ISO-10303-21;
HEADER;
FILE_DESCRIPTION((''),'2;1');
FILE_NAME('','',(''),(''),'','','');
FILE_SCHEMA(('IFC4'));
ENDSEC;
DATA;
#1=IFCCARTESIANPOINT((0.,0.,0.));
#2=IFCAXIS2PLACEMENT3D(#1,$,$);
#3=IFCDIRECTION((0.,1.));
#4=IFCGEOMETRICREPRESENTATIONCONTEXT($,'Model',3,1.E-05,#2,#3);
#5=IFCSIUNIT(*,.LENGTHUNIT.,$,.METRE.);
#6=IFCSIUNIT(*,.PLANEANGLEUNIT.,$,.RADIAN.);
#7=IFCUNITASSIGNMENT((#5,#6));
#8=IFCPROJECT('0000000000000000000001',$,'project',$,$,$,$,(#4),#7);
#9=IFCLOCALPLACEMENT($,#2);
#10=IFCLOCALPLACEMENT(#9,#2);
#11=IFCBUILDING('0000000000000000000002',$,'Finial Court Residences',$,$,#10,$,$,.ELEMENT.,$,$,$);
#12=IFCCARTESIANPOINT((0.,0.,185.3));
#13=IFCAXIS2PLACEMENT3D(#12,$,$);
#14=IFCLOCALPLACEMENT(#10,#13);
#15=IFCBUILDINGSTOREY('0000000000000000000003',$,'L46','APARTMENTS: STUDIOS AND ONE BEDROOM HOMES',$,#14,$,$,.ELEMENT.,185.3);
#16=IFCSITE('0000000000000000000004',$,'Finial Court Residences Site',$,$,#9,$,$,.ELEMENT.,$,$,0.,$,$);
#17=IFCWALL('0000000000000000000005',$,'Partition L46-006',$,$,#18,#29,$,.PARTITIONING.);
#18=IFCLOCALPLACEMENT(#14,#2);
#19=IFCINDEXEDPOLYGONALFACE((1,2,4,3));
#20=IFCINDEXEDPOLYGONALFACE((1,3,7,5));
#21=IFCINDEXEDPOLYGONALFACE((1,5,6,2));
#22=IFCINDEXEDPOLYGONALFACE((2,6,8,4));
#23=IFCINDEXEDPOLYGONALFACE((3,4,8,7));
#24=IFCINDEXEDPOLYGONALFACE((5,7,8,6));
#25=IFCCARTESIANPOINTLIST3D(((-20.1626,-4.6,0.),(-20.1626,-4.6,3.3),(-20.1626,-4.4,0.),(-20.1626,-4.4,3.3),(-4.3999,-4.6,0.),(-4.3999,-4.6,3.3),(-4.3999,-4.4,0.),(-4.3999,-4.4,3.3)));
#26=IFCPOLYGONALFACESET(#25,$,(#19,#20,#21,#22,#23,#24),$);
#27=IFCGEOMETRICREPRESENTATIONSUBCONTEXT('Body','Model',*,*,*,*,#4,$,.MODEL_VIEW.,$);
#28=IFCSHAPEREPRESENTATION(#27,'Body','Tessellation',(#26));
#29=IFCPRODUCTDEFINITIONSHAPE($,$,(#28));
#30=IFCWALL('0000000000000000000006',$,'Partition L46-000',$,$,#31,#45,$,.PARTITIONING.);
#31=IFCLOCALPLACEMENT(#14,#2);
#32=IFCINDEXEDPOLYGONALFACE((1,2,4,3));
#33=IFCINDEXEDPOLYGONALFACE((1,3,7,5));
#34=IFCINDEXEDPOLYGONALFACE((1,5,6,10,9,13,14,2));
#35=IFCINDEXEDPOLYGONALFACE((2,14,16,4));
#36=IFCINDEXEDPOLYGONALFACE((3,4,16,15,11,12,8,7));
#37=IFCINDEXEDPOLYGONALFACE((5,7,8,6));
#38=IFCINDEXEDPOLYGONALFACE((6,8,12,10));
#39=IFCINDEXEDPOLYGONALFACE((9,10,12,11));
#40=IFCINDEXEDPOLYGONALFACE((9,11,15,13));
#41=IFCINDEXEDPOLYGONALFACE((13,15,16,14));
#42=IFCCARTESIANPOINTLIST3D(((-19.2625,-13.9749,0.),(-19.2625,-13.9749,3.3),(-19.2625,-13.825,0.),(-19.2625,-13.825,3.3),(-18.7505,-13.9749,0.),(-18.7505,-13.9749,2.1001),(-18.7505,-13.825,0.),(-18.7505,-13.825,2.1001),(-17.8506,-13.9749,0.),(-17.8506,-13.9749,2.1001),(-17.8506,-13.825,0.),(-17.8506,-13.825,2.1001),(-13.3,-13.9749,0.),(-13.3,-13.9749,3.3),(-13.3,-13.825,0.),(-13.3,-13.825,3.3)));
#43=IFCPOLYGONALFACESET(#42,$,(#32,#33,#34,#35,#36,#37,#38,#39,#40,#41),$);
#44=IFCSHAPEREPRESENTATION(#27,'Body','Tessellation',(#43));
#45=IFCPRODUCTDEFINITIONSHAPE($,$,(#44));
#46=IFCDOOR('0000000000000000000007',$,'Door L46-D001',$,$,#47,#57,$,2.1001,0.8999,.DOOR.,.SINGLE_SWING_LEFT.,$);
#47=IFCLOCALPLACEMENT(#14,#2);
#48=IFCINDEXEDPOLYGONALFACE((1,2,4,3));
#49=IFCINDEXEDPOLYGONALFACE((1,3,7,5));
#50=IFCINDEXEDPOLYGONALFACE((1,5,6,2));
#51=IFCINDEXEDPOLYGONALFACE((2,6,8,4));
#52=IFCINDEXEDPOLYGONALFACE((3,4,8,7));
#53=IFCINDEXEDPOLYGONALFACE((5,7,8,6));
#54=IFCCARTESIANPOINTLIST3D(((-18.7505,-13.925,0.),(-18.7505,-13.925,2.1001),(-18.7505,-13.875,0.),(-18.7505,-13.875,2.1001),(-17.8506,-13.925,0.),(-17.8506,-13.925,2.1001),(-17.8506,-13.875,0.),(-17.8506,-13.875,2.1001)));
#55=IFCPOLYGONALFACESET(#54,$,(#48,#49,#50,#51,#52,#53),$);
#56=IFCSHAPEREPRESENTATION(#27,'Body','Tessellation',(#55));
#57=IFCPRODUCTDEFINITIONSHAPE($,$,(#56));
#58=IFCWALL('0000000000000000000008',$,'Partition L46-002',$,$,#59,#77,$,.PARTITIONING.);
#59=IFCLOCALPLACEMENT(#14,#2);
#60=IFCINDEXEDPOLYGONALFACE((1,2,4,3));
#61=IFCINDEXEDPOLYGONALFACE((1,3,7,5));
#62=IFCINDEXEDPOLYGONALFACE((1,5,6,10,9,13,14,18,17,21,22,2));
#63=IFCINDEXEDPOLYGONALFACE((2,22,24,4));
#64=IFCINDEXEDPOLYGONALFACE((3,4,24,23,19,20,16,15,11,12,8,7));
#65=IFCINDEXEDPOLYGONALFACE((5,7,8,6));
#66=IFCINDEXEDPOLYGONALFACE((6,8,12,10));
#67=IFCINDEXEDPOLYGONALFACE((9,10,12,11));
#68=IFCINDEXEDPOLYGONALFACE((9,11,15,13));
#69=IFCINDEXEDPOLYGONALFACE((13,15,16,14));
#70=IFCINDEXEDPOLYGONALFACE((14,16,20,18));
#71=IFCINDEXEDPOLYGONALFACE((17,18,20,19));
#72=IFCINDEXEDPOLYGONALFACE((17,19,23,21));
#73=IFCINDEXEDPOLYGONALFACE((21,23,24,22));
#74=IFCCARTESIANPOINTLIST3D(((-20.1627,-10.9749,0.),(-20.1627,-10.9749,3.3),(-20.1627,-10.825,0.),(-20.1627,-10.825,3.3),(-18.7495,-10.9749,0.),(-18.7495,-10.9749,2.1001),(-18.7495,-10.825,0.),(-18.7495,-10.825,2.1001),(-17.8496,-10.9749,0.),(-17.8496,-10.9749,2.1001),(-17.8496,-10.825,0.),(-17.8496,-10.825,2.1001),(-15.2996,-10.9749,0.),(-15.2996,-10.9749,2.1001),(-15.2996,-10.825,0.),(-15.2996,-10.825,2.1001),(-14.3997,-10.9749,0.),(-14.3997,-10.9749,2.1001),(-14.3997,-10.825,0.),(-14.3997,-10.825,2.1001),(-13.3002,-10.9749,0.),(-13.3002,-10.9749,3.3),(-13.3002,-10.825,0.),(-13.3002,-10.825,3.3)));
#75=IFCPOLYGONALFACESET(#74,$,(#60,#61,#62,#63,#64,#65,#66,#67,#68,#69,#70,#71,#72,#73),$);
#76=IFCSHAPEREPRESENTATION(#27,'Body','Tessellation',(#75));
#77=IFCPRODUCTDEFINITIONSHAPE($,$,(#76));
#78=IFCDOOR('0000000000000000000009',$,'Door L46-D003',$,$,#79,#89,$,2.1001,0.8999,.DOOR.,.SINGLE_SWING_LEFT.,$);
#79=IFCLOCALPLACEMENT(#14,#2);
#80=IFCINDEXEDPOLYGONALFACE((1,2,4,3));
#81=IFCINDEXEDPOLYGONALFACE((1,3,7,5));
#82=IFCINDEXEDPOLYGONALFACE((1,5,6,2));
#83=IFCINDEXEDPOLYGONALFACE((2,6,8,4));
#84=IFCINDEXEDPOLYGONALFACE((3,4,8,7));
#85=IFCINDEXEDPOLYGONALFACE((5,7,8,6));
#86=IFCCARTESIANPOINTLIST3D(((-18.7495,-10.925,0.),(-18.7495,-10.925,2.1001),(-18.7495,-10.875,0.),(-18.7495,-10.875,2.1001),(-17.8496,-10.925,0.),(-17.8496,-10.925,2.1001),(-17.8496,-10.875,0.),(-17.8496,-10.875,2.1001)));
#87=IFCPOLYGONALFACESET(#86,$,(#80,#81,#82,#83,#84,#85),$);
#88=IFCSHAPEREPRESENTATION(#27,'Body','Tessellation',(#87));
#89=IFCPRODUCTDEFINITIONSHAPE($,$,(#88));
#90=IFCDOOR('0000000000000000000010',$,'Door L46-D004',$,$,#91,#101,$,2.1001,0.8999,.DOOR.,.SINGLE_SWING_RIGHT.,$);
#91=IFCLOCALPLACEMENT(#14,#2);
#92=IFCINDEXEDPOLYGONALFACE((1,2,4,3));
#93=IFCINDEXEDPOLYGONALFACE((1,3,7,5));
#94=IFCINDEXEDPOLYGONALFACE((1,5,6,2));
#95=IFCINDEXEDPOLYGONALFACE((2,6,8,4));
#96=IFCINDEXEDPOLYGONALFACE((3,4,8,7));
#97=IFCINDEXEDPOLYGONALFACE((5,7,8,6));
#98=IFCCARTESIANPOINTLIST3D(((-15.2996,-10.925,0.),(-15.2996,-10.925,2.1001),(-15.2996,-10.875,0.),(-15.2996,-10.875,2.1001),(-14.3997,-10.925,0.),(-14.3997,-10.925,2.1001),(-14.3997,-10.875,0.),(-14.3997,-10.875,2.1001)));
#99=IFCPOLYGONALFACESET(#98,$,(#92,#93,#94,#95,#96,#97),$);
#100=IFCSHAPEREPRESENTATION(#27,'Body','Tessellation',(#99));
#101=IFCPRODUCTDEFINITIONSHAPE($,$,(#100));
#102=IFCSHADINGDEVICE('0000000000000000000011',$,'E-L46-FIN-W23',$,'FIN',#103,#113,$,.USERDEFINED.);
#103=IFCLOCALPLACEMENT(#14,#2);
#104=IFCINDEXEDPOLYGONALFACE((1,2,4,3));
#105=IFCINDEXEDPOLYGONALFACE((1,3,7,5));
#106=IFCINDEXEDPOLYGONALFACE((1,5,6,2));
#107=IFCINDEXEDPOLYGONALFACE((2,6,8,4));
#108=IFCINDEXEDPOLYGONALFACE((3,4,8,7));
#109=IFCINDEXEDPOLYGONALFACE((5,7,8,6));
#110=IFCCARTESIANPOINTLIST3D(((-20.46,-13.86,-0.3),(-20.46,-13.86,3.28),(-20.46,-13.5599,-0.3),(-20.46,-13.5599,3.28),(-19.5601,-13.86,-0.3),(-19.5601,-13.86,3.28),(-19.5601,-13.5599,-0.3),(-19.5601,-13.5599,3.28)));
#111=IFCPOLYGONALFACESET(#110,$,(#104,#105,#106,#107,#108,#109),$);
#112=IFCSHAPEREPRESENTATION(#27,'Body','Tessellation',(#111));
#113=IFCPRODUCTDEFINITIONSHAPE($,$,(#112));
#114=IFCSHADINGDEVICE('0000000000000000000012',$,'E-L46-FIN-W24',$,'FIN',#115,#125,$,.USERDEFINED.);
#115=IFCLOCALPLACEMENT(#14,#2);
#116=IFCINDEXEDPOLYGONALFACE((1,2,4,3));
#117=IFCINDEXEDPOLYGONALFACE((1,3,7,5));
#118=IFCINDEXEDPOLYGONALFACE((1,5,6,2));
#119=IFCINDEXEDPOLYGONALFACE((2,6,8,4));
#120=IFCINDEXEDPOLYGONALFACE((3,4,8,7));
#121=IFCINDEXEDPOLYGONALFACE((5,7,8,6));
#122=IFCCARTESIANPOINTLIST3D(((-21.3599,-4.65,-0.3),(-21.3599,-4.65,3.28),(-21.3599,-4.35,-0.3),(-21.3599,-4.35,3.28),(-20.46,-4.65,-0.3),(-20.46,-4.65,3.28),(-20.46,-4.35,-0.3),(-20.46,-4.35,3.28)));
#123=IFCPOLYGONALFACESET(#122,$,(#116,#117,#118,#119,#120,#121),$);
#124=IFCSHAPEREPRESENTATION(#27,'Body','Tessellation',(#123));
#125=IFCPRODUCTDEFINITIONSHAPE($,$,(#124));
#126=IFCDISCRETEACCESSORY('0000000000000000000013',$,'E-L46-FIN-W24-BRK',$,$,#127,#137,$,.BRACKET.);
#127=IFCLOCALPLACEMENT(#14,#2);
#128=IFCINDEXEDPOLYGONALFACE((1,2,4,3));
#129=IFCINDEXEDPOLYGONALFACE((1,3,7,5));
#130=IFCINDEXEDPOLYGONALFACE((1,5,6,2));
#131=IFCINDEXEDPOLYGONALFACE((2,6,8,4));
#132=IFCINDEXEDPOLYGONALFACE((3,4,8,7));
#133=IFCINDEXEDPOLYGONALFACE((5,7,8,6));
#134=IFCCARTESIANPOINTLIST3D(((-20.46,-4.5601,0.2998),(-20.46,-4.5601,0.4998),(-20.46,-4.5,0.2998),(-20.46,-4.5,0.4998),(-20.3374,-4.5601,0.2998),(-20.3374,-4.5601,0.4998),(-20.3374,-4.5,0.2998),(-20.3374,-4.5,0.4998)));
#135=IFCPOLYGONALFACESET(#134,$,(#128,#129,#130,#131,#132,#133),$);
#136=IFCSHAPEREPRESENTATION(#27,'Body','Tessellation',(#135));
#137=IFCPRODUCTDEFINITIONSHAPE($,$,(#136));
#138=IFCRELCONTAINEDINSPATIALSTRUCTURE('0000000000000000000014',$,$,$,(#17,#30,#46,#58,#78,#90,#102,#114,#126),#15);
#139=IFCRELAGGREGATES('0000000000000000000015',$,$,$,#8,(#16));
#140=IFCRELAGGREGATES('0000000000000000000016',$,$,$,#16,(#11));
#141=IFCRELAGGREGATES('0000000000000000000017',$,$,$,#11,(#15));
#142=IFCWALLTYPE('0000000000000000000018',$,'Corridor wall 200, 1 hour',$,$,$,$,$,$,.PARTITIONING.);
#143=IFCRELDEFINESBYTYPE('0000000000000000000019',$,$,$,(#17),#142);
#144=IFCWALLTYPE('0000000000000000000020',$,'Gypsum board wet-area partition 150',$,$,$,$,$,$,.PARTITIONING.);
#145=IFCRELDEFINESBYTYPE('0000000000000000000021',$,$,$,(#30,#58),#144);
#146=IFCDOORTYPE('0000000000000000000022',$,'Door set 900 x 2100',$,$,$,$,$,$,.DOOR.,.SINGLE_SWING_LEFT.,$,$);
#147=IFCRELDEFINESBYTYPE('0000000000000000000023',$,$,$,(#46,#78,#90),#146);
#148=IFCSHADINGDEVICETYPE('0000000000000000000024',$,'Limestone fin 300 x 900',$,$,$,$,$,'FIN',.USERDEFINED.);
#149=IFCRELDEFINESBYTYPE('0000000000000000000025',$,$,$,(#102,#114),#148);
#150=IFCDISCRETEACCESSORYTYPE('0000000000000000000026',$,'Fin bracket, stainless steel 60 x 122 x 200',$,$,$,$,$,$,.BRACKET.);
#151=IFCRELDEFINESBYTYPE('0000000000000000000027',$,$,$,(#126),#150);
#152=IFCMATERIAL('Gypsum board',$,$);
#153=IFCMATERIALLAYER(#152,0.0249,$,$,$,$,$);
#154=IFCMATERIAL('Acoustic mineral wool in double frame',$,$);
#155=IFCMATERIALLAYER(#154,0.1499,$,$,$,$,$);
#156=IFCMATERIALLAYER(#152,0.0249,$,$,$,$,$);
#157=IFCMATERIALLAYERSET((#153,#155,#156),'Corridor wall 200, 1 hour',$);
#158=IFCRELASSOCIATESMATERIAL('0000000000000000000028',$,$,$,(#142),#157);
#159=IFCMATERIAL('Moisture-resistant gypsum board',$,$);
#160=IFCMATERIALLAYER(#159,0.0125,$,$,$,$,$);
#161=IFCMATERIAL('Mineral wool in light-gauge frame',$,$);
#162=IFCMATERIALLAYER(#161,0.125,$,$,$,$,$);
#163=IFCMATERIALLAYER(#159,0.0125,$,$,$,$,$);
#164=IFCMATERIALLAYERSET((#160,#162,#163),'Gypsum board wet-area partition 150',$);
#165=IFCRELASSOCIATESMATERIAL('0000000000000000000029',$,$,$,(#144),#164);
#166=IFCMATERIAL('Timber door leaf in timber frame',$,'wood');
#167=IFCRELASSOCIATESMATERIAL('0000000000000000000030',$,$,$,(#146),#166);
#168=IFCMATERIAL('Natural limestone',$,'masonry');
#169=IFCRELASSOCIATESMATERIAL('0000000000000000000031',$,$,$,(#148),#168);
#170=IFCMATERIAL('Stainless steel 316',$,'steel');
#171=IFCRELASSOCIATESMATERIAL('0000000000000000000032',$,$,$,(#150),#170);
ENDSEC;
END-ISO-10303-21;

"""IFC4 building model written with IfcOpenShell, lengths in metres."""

from ifc_helpers import new_model, si_unit, direction, frame, frame_2d, origin, origin_2d, place, context, subcontext, project, spatial, rectangle, extrude, material, layer, layer_set, type_object, element, fill, save


model = new_model("IFC4")

# Units and contexts
model_context = context("Model", 3, precision=1e-05, world=origin(), true_north=direction((0.0, 1.0)))
body_context = subcontext(model_context, "Body", "Model", "MODEL_VIEW")
ifc_project = project(units=[si_unit("LENGTHUNIT", "METRE"), si_unit("PLANEANGLEUNIT", "RADIAN")], contexts=[model_context])

# Site, building, storey
site_placement = place(None, origin())
site = spatial("IfcSite", under=ifc_project, at=site_placement, Name="Finial Court Residences Site", CompositionType="ELEMENT", RefElevation=0.0)
building_placement = place(site_placement, origin())
building = spatial("IfcBuilding", under=site, at=building_placement, Name="Finial Court Residences", CompositionType="ELEMENT")
storey_placement = place(building_placement, frame((0.0, 0.0, 185.3)))
storey = spatial("IfcBuildingStorey", under=building, at=storey_placement, Name="L46", Description="APARTMENTS: STUDIOS AND ONE BEDROOM HOMES", CompositionType="ELEMENT", Elevation=185.3)

# Shared definitions
ifc_material_1 = material(Name="Gypsum board")
ifc_layer_1 = layer(ifc_material_1, 0.0249)
ifc_material_2 = material(Name="Acoustic mineral wool in double frame")
ifc_layer_2 = layer(ifc_material_2, 0.1499)
ifc_layer_3 = layer(ifc_material_1, 0.0249)
ifc_layer_set_1 = layer_set([ifc_layer_1, ifc_layer_2, ifc_layer_3], Name="Corridor wall 200, 1 hour")
wall_type_1 = type_object("IfcWallType", Name="Corridor wall 200, 1 hour", PredefinedType="PARTITIONING", material=ifc_layer_set_1)

# Wall
wall_1_placement = place(storey_placement, frame((-20.1626, -4.5, 0.0), z_axis=(0.0, 0.0, 1.0), x_axis=(1.0, 0.0, 0.0)))
element("IfcWall", 1, at=wall_1_placement, inside=storey, type_object=wall_type_1, Name="Partition L46-006", PredefinedType="PARTITIONING", context=body_context, shape_type="SweptSolid", body=[
    extrude(rectangle(XDim=15.7627, YDim=0.2, at=frame_2d((7.8813, 0.0))), origin(), (0.0, 0.0, 1.0), 3.3),
])

# Wall, opening, door
ifc_material_3 = material(Name="Moisture-resistant gypsum board")
ifc_layer_4 = layer(ifc_material_3, 0.0125)
ifc_material_4 = material(Name="Mineral wool in light-gauge frame")
ifc_layer_5 = layer(ifc_material_4, 0.125)
ifc_layer_6 = layer(ifc_material_3, 0.0125)
ifc_layer_set_2 = layer_set([ifc_layer_4, ifc_layer_5, ifc_layer_6], Name="Gypsum board wet-area partition 150")
wall_type_2 = type_object("IfcWallType", Name="Gypsum board wet-area partition 150", PredefinedType="PARTITIONING", material=ifc_layer_set_2)
wall_2_placement = place(storey_placement, frame((-19.2625, -13.8999, 0.0), z_axis=(0.0, 0.0, 1.0), x_axis=(1.0, 0.0, 0.0)))
wall_2 = element("IfcWall", 2, at=wall_2_placement, inside=storey, type_object=wall_type_2, Name="Partition L46-000", PredefinedType="PARTITIONING", context=body_context, shape_type="SweptSolid", body=[
    extrude(rectangle(XDim=5.9624, YDim=0.1499, at=frame_2d((2.9812, 0.0))), origin(), (0.0, 0.0, 1.0), 3.3),
])
opening_1_placement = place(wall_2_placement, frame((0.512, 0.0, 0.0)))
opening_1 = element("IfcOpeningElement", 3, at=opening_1_placement, cuts=wall_2, PredefinedType="OPENING", context=body_context, shape_type="SweptSolid", body=[
    extrude(rectangle(XDim=0.8999, YDim=2.1001, at=frame_2d((0.45, 1.05))), frame((0.0, 0.085, 0.0), z_axis=(0.0, -1.0, 0.0), x_axis=(1.0, 0.0, 0.0)), (0.0, 0.0, 1.0), 0.1699),
])
ifc_material_5 = material(Name="Timber door leaf in timber frame", Category="wood")
door_type_1 = type_object("IfcDoorType", Name="Door set 900 x 2100", OperationType="SINGLE_SWING_LEFT", PredefinedType="DOOR", material=ifc_material_5)
door_1_placement = place(opening_1_placement, origin())
door_1 = element("IfcDoor", 4, at=door_1_placement, inside=storey, type_object=door_type_1, Name="Door L46-D001", OperationType="SINGLE_SWING_LEFT", OverallHeight=2.1001, OverallWidth=0.8999, PredefinedType="DOOR", context=body_context, shape_type="SweptSolid", body=[
    extrude(rectangle(XDim=0.8999, YDim=2.1001, at=frame_2d((0.45, 1.05))), frame((0.0, 0.0249, 0.0), z_axis=(0.0, -1.0, 0.0), x_axis=(1.0, 0.0, 0.0)), (0.0, 0.0, 1.0), 0.05),
])
fill(opening_1, door_1)

# Wall, openings, doors
wall_3_placement = place(storey_placement, frame((-20.1626, -10.8999, 0.0), z_axis=(0.0, 0.0, 1.0), x_axis=(1.0, 0.0, 0.0)))
wall_3 = element("IfcWall", 5, at=wall_3_placement, inside=storey, type_object=wall_type_2, Name="Partition L46-002", PredefinedType="PARTITIONING", context=body_context, shape_type="SweptSolid", body=[
    extrude(rectangle(XDim=6.8625, YDim=0.1499, at=frame_2d((3.4312, 0.0))), origin(), (0.0, 0.0, 1.0), 3.3),
])
opening_2_placement = place(wall_3_placement, frame((1.4131, 0.0, 0.0)))
opening_2 = element("IfcOpeningElement", 6, at=opening_2_placement, cuts=wall_3, PredefinedType="OPENING", context=body_context, shape_type="SweptSolid", body=[
    extrude(rectangle(XDim=0.8999, YDim=2.1001, at=frame_2d((0.45, 1.05))), frame((0.0, 0.085, 0.0), z_axis=(0.0, -1.0, 0.0), x_axis=(1.0, 0.0, 0.0)), (0.0, 0.0, 1.0), 0.1699),
])
opening_3_placement = place(wall_3_placement, frame((4.863, 0.0, 0.0)))
opening_3 = element("IfcOpeningElement", 7, at=opening_3_placement, cuts=wall_3, PredefinedType="OPENING", context=body_context, shape_type="SweptSolid", body=[
    extrude(rectangle(XDim=0.8999, YDim=2.1001, at=frame_2d((0.45, 1.05))), frame((0.0, 0.085, 0.0), z_axis=(0.0, -1.0, 0.0), x_axis=(1.0, 0.0, 0.0)), (0.0, 0.0, 1.0), 0.1699),
])
door_2_placement = place(opening_2_placement, origin())
door_2 = element("IfcDoor", 8, at=door_2_placement, inside=storey, type_object=door_type_1, Name="Door L46-D003", OperationType="SINGLE_SWING_LEFT", OverallHeight=2.1001, OverallWidth=0.8999, PredefinedType="DOOR", context=body_context, shape_type="SweptSolid", body=[
    extrude(rectangle(XDim=0.8999, YDim=2.1001, at=frame_2d((0.45, 1.05))), frame((0.0, 0.0249, 0.0), z_axis=(0.0, -1.0, 0.0), x_axis=(1.0, 0.0, 0.0)), (0.0, 0.0, 1.0), 0.05),
])
fill(opening_2, door_2)
door_3_placement = place(opening_3_placement, origin())
door_3 = element("IfcDoor", 9, at=door_3_placement, inside=storey, type_object=door_type_1, Name="Door L46-D004", OperationType="SINGLE_SWING_RIGHT", OverallHeight=2.1001, OverallWidth=0.8999, PredefinedType="DOOR", context=body_context, shape_type="SweptSolid", body=[
    extrude(rectangle(XDim=0.8999, YDim=2.1001, at=frame_2d((0.45, 1.05))), frame((0.0, 0.0249, 0.0), z_axis=(0.0, -1.0, 0.0), x_axis=(1.0, 0.0, 0.0)), (0.0, 0.0, 1.0), 0.05),
])
fill(opening_3, door_3)

# Shading devices
ifc_material_6 = material(Name="Natural limestone", Category="masonry")
shading_device_type = type_object("IfcShadingDeviceType", Name="Limestone fin 300 x 900", ElementType="FIN", PredefinedType="USERDEFINED", material=ifc_material_6)
for number, where, z_axis, x_axis, name in (
    (10, (-20.01, -13.71, -0.3), (0.0, 0.0, 1.0), (1.0, 0.0, 0.0), "E-L46-FIN-W23"),
    (11, (-20.9099, -4.5, -0.3), (0.0, 0.0, 1.0), (1.0, 0.0, 0.0), "E-L46-FIN-W24"),
):
    element("IfcShadingDevice", number, at=place(storey_placement, frame(where, z_axis=z_axis, x_axis=x_axis)), inside=storey, type_object=shading_device_type, Name=name, ObjectType="FIN", PredefinedType="USERDEFINED", context=body_context, shape_type="SweptSolid", body=[
        extrude(rectangle(XDim=0.8999, YDim=0.3, at=origin_2d()), origin(), (0.0, 0.0, 1.0), 3.5801),
    ])

# Discrete accessory
ifc_material_7 = material(Name="Stainless steel 316", Category="steel")
discrete_accessory_type = type_object("IfcDiscreteAccessoryType", Name="Fin bracket, stainless steel 60 x 122 x 200", PredefinedType="BRACKET", material=ifc_material_7)
discrete_accessory_placement = place(storey_placement, frame((-20.3987, -4.53, 0.2998), z_axis=(0.0, 0.0, 1.0), x_axis=(1.0, 0.0, 0.0)))
element("IfcDiscreteAccessory", 12, at=discrete_accessory_placement, inside=storey, type_object=discrete_accessory_type, Name="E-L46-FIN-W24-BRK", PredefinedType="BRACKET", context=body_context, shape_type="SweptSolid", body=[
    extrude(rectangle(XDim=0.1226, YDim=0.0601, at=origin_2d()), origin(), (0.0, 0.0, 1.0), 0.2),
])

save(model, "model.ifc")
